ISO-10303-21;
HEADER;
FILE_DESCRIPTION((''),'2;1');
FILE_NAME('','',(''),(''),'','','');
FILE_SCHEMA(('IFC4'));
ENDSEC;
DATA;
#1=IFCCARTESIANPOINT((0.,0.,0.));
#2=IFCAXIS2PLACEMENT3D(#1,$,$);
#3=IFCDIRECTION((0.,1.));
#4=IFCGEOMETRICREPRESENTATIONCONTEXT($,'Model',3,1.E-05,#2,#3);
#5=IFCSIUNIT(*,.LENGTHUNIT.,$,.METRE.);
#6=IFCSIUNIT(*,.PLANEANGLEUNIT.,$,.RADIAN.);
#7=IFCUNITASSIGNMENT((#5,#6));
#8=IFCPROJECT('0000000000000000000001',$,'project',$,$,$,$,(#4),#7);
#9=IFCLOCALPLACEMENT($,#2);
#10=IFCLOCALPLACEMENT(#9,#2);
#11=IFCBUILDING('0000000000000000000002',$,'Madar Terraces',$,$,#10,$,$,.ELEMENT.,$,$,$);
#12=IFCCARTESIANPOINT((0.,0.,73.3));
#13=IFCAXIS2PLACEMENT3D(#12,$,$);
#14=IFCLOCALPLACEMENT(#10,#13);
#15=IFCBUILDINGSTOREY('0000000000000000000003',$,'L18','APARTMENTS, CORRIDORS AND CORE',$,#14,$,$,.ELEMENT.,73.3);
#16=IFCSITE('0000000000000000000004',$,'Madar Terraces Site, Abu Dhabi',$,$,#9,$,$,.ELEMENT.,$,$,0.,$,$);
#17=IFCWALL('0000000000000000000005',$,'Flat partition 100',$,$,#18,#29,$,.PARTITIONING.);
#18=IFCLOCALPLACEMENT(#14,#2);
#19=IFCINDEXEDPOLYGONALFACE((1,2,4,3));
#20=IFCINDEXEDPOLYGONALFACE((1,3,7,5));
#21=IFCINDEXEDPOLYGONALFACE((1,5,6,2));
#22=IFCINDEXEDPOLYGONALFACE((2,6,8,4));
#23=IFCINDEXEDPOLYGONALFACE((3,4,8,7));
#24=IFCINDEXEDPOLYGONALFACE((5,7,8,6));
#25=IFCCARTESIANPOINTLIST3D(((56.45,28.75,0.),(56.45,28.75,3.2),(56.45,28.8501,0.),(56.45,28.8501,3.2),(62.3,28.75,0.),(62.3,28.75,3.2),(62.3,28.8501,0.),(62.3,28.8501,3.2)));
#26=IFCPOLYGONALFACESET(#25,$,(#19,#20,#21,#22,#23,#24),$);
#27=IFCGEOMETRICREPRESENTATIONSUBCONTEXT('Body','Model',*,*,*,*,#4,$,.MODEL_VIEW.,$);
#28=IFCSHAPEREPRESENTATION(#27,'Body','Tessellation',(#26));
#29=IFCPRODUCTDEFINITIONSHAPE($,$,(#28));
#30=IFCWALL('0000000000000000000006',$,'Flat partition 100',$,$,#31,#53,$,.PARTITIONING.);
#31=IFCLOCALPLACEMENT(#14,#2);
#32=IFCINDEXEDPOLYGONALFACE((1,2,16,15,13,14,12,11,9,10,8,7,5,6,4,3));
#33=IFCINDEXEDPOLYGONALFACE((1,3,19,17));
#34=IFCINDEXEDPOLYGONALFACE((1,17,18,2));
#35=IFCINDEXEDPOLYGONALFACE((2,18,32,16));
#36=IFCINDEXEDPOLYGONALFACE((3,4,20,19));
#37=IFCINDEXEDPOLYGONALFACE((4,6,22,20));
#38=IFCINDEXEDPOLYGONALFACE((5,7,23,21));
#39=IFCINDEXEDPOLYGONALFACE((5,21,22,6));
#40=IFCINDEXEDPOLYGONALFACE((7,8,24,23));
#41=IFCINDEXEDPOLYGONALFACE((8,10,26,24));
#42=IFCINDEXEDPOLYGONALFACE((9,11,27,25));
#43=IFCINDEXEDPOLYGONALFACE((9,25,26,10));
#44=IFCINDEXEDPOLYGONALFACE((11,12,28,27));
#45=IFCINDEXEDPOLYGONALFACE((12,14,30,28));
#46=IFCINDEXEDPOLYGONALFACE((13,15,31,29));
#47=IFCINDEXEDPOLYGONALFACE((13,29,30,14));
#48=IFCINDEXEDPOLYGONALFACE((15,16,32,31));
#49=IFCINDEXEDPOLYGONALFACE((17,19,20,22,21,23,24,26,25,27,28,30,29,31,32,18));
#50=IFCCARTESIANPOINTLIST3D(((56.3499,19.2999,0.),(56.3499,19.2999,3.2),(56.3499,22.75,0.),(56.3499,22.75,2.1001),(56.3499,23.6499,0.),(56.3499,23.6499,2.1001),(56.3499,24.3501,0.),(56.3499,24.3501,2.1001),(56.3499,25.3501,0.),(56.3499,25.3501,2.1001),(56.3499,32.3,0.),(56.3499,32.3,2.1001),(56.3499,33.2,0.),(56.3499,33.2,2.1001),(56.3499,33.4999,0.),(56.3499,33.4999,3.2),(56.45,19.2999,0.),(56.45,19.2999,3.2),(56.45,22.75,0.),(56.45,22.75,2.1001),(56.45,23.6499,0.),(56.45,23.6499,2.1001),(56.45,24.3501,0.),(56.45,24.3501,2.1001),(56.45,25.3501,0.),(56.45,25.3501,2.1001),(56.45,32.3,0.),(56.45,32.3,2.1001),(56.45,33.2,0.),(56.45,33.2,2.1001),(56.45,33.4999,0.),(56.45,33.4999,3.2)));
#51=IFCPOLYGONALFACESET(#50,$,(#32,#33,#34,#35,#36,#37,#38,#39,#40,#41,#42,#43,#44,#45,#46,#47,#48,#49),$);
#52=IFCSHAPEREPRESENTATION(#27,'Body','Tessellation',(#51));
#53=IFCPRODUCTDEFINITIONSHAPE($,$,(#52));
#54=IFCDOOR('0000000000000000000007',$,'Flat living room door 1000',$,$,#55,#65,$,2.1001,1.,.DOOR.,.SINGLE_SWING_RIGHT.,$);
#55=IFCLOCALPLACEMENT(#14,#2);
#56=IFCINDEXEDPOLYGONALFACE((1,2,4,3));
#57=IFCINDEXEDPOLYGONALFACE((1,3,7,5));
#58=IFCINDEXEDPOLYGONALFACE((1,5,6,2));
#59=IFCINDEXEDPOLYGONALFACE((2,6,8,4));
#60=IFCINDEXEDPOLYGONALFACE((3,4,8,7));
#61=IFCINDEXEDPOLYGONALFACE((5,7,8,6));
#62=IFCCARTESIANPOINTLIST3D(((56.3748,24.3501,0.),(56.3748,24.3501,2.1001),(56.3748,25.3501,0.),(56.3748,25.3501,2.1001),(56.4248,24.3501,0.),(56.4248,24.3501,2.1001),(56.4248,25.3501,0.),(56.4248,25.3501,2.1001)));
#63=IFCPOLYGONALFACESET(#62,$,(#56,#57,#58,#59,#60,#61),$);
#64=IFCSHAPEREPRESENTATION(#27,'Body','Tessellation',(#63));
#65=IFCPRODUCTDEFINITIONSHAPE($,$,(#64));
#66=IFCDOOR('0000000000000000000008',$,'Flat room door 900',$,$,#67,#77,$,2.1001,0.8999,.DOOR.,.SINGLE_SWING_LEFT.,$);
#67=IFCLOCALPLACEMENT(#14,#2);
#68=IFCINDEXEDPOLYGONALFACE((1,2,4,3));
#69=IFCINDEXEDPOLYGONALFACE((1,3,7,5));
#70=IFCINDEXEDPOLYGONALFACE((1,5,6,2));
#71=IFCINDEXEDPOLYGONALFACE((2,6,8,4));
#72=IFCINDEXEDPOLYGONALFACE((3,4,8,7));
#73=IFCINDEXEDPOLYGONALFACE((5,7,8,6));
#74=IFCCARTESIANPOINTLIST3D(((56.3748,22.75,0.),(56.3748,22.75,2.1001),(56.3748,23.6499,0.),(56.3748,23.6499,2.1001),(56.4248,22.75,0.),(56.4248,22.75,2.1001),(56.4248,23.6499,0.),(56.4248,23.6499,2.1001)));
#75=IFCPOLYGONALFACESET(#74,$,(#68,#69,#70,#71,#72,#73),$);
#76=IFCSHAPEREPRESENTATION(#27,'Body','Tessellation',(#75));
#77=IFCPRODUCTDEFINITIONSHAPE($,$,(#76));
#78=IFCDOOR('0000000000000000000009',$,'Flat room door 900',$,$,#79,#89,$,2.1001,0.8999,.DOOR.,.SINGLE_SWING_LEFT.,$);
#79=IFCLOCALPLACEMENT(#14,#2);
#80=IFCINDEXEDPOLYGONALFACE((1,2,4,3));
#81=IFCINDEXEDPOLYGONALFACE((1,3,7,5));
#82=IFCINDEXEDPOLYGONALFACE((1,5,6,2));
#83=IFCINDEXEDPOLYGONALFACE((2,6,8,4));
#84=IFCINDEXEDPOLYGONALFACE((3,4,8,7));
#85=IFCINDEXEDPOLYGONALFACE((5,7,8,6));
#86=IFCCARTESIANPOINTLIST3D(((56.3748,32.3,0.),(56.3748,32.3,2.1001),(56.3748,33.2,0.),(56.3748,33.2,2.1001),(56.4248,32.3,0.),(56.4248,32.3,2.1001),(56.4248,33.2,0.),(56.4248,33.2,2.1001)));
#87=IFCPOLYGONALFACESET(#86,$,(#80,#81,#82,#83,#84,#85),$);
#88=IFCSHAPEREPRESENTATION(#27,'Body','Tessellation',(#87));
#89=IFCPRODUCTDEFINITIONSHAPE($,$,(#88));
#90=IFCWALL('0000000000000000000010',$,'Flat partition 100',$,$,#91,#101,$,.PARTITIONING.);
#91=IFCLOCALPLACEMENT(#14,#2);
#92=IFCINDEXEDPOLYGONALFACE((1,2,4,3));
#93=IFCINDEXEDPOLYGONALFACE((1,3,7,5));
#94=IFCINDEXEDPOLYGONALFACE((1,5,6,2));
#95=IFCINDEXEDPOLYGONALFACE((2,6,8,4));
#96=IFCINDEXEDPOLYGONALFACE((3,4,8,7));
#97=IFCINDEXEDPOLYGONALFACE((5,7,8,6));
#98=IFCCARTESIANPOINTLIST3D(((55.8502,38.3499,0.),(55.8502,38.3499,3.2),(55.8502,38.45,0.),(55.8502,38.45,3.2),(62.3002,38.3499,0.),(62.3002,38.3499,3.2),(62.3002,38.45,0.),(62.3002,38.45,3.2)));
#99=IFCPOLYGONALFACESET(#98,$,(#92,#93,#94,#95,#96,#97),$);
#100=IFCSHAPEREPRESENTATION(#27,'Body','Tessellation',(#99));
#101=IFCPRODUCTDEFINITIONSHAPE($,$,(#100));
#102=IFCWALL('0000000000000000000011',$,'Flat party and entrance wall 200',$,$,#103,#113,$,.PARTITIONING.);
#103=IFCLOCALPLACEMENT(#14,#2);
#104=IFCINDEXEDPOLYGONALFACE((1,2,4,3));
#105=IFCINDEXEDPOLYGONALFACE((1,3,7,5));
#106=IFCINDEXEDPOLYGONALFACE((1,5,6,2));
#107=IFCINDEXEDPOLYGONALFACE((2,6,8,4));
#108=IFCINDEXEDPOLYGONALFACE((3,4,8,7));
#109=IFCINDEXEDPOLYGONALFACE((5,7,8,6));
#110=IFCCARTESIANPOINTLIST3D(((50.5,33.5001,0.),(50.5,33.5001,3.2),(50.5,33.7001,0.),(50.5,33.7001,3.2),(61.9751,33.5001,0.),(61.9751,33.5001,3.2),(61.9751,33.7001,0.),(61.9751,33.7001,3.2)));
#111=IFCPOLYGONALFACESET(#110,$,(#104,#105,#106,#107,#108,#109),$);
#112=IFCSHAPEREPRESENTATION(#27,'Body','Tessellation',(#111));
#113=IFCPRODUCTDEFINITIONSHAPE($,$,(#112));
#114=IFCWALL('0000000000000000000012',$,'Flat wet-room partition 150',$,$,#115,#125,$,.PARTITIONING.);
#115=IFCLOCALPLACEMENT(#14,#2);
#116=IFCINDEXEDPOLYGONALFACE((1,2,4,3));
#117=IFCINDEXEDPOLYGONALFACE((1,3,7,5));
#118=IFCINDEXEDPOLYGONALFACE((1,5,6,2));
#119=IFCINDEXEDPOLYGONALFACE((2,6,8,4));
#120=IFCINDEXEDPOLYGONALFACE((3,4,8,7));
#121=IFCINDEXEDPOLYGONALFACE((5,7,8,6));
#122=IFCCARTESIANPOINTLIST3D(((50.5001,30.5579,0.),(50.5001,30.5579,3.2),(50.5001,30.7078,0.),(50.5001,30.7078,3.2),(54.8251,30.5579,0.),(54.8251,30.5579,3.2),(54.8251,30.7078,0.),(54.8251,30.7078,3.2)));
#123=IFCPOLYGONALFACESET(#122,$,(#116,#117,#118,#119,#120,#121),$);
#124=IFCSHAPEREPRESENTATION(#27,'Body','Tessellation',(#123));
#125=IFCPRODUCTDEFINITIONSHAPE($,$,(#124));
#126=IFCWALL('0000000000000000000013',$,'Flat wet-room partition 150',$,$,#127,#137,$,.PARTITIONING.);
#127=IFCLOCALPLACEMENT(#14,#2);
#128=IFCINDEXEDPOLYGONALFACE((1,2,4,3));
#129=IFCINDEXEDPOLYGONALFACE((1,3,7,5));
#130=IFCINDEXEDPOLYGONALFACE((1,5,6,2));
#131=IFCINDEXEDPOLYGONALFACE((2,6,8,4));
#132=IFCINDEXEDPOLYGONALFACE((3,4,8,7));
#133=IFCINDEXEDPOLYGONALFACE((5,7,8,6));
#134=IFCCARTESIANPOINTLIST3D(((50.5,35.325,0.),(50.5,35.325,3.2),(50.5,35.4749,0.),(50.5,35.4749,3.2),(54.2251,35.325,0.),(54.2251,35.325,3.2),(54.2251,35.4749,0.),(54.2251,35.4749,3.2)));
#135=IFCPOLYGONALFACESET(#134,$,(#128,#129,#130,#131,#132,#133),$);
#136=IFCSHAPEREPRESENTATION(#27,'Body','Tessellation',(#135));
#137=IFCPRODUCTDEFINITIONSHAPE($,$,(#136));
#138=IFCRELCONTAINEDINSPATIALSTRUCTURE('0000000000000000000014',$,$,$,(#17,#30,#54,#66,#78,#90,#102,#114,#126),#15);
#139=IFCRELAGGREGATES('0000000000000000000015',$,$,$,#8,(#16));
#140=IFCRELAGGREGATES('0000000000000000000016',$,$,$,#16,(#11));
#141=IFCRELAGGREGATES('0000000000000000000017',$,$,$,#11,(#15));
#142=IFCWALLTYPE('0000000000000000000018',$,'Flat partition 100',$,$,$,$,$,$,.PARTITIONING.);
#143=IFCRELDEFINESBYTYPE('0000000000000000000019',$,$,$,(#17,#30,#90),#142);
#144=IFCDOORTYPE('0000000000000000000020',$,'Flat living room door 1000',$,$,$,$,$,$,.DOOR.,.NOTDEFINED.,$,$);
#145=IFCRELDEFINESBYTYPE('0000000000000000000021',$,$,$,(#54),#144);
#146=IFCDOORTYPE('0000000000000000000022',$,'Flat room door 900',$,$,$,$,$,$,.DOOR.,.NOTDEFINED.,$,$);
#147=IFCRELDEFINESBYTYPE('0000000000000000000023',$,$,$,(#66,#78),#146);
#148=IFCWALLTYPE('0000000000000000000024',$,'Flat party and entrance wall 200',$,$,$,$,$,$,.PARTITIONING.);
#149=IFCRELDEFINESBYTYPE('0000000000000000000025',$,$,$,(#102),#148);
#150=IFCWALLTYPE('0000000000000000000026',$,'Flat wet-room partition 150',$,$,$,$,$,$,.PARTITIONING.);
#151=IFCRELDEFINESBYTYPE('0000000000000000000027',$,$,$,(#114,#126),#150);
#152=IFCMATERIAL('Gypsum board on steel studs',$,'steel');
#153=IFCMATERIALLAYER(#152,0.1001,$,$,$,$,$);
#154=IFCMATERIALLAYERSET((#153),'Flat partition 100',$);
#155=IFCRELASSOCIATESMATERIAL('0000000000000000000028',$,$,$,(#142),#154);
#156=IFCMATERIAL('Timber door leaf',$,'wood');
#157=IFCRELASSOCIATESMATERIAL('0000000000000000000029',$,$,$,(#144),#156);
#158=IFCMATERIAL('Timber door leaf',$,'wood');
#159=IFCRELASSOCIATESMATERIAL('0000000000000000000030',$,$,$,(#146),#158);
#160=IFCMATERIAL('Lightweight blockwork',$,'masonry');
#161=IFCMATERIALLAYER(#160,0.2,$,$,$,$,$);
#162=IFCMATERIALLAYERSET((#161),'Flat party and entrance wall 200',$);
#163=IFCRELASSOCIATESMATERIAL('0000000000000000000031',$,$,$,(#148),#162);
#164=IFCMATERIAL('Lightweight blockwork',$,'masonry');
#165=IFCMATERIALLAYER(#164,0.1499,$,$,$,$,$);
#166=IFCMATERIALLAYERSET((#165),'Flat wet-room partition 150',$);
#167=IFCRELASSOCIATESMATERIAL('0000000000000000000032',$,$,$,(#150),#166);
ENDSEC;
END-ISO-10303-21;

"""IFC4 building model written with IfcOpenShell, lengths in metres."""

from ifc_helpers import new_model, si_unit, direction, frame, frame_2d, origin, place, context, subcontext, project, spatial, rectangle, extrude, material, layer, layer_set, type_object, element, fill, save


model = new_model("IFC4")

# Units and contexts
model_context = context("Model", 3, precision=1e-05, world=origin(), true_north=direction((0.0, 1.0)))
body_context = subcontext(model_context, "Body", "Model", "MODEL_VIEW")
ifc_project = project(units=[si_unit("LENGTHUNIT", "METRE"), si_unit("PLANEANGLEUNIT", "RADIAN")], contexts=[model_context])

# Site, building, storey
site_placement = place(None, origin())
site = spatial("IfcSite", under=ifc_project, at=site_placement, Name="Madar Terraces Site, Abu Dhabi", CompositionType="ELEMENT", RefElevation=0.0)
building_placement = place(site_placement, origin())
building = spatial("IfcBuilding", under=site, at=building_placement, Name="Madar Terraces", CompositionType="ELEMENT")
storey_placement = place(building_placement, frame((0.0, 0.0, 73.3)))
storey = spatial("IfcBuildingStorey", under=building, at=storey_placement, Name="L18", Description="APARTMENTS, CORRIDORS AND CORE", CompositionType="ELEMENT", Elevation=73.3)

# Wall
ifc_material_1 = material(Name="Gypsum board on steel studs", Category="steel")
ifc_layer_1 = layer(ifc_material_1, 0.1001)
ifc_layer_set_1 = layer_set([ifc_layer_1], Name="Flat partition 100")
wall_type_1 = type_object("IfcWallType", Name="Flat partition 100", PredefinedType="PARTITIONING", material=ifc_layer_set_1)
wall_1_placement = place(storey_placement, frame((56.45, 28.8, 0.0), z_axis=(0.0, 0.0, 1.0), x_axis=(1.0, 0.0, 0.0)))
element("IfcWall", 1, at=wall_1_placement, inside=storey, type_object=wall_type_1, Name="Flat partition 100", PredefinedType="PARTITIONING", context=body_context, shape_type="SweptSolid", body=[
    extrude(rectangle(XDim=5.8501, YDim=0.1001, at=frame_2d((2.925, 0.0))), origin(), (0.0, 0.0, 1.0), 3.2),
])

# Wall, openings, doors
wall_2_placement = place(storey_placement, frame((56.3999, 33.5, 0.0), z_axis=(0.0, 0.0, 1.0), x_axis=(0.0, -1.0, 0.0)))
wall_2 = element("IfcWall", 2, at=wall_2_placement, inside=storey, type_object=wall_type_1, Name="Flat partition 100", PredefinedType="PARTITIONING", context=body_context, shape_type="SweptSolid", body=[
    extrude(rectangle(XDim=14.2, YDim=0.1001, at=frame_2d((7.1001, 0.0))), origin(), (0.0, 0.0, 1.0), 3.2),
])
opening_1_placement = place(wall_2_placement, frame((9.8501, 0.0, 0.0)))
opening_1 = element("IfcOpeningElement", 3, at=opening_1_placement, cuts=wall_2, PredefinedType="OPENING", context=body_context, shape_type="SweptSolid", body=[
    extrude(rectangle(XDim=0.8999, YDim=2.1001, at=frame_2d((0.45, 1.05))), frame((0.0, 0.0601, 0.0), z_axis=(0.0, -1.0, 0.0), x_axis=(1.0, 0.0, 0.0)), (0.0, 0.0, 1.0), 0.1201),
])
opening_2_placement = place(wall_2_placement, frame((8.1499, 0.0, 0.0)))
opening_2 = element("IfcOpeningElement", 4, at=opening_2_placement, cuts=wall_2, PredefinedType="OPENING", context=body_context, shape_type="SweptSolid", body=[
    extrude(rectangle(XDim=1.0, YDim=2.1001, at=frame_2d((0.5, 1.05))), frame((0.0, 0.0601, 0.0), z_axis=(0.0, -1.0, 0.0), x_axis=(1.0, 0.0, 0.0)), (0.0, 0.0, 1.0), 0.1201),
])
opening_3_placement = place(wall_2_placement, frame((0.3, 0.0, 0.0)))
opening_3 = element("IfcOpeningElement", 5, at=opening_3_placement, cuts=wall_2, PredefinedType="OPENING", context=body_context, shape_type="SweptSolid", body=[
    extrude(rectangle(XDim=0.8999, YDim=2.1001, at=frame_2d((0.45, 1.05))), frame((0.0, 0.0601, 0.0), z_axis=(0.0, -1.0, 0.0), x_axis=(1.0, 0.0, 0.0)), (0.0, 0.0, 1.0), 0.1201),
])
ifc_material_2 = material(Name="Timber door leaf", Category="wood")
door_type_1 = type_object("IfcDoorType", Name="Flat living room door 1000", OperationType="NOTDEFINED", PredefinedType="DOOR", material=ifc_material_2)
door_1_placement = place(opening_2_placement, origin())
door_1 = element("IfcDoor", 6, at=door_1_placement, inside=storey, type_object=door_type_1, Name="Flat living room door 1000", OperationType="SINGLE_SWING_RIGHT", OverallHeight=2.1001, OverallWidth=1.0, PredefinedType="DOOR", context=body_context, shape_type="SweptSolid", body=[
    extrude(rectangle(XDim=1.0, YDim=2.1001, at=frame_2d((0.5, 1.05))), frame((0.0, 0.0249, 0.0), z_axis=(0.0, -1.0, 0.0), x_axis=(1.0, 0.0, 0.0)), (0.0, 0.0, 1.0), 0.05),
])
fill(opening_2, door_1)
ifc_material_3 = material(Name="Timber door leaf", Category="wood")
door_type_2 = type_object("IfcDoorType", Name="Flat room door 900", OperationType="NOTDEFINED", PredefinedType="DOOR", material=ifc_material_3)
door_2_placement = place(opening_1_placement, origin())
door_2 = element("IfcDoor", 7, at=door_2_placement, inside=storey, type_object=door_type_2, Name="Flat room door 900", OperationType="SINGLE_SWING_LEFT", OverallHeight=2.1001, OverallWidth=0.8999, PredefinedType="DOOR", context=body_context, shape_type="SweptSolid", body=[
    extrude(rectangle(XDim=0.8999, YDim=2.1001, at=frame_2d((0.45, 1.05))), frame((0.0, 0.0249, 0.0), z_axis=(0.0, -1.0, 0.0), x_axis=(1.0, 0.0, 0.0)), (0.0, 0.0, 1.0), 0.05),
])
fill(opening_1, door_2)
door_3_placement = place(opening_3_placement, origin())
door_3 = element("IfcDoor", 8, at=door_3_placement, inside=storey, type_object=door_type_2, Name="Flat room door 900", OperationType="SINGLE_SWING_LEFT", OverallHeight=2.1001, OverallWidth=0.8999, PredefinedType="DOOR", context=body_context, shape_type="SweptSolid", body=[
    extrude(rectangle(XDim=0.8999, YDim=2.1001, at=frame_2d((0.45, 1.05))), frame((0.0, 0.0249, 0.0), z_axis=(0.0, -1.0, 0.0), x_axis=(1.0, 0.0, 0.0)), (0.0, 0.0, 1.0), 0.05),
])
fill(opening_3, door_3)

# Walls
wall_3_placement = place(storey_placement, frame((55.8501, 38.3999, 0.0), z_axis=(0.0, 0.0, 1.0), x_axis=(1.0, 0.0, 0.0)))
element("IfcWall", 9, at=wall_3_placement, inside=storey, type_object=wall_type_1, Name="Flat partition 100", PredefinedType="PARTITIONING", context=body_context, shape_type="SweptSolid", body=[
    extrude(rectangle(XDim=6.45, YDim=0.1001, at=frame_2d((3.2251, 0.0))), origin(), (0.0, 0.0, 1.0), 3.2),
])
ifc_material_4 = material(Name="Lightweight blockwork", Category="masonry")
ifc_layer_2 = layer(ifc_material_4, 0.2)
ifc_layer_set_2 = layer_set([ifc_layer_2], Name="Flat party and entrance wall 200")
wall_type_2 = type_object("IfcWallType", Name="Flat party and entrance wall 200", PredefinedType="PARTITIONING", material=ifc_layer_set_2)
wall_4_placement = place(storey_placement, frame((50.5, 33.6001, 0.0), z_axis=(0.0, 0.0, 1.0), x_axis=(1.0, 0.0, 0.0)))
element("IfcWall", 10, at=wall_4_placement, inside=storey, type_object=wall_type_2, Name="Flat party and entrance wall 200", PredefinedType="PARTITIONING", context=body_context, shape_type="SweptSolid", body=[
    extrude(rectangle(XDim=11.4751, YDim=0.2, at=frame_2d((5.7375, 0.0))), origin(), (0.0, 0.0, 1.0), 3.2),
])
ifc_material_5 = material(Name="Lightweight blockwork", Category="masonry")
ifc_layer_3 = layer(ifc_material_5, 0.1499)
ifc_layer_set_3 = layer_set([ifc_layer_3], Name="Flat wet-room partition 150")
wall_type_3 = type_object("IfcWallType", Name="Flat wet-room partition 150", PredefinedType="PARTITIONING", material=ifc_layer_set_3)
wall_5_placement = place(storey_placement, frame((50.5, 30.6328, 0.0), z_axis=(0.0, 0.0, 1.0), x_axis=(1.0, 0.0, 0.0)))
element("IfcWall", 11, at=wall_5_placement, inside=storey, type_object=wall_type_3, Name="Flat wet-room partition 150", PredefinedType="PARTITIONING", context=body_context, shape_type="SweptSolid", body=[
    extrude(rectangle(XDim=4.325, YDim=0.1499, at=frame_2d((2.1626, 0.0))), origin(), (0.0, 0.0, 1.0), 3.2),
])
wall_6_placement = place(storey_placement, frame((50.5, 35.3999, 0.0), z_axis=(0.0, 0.0, 1.0), x_axis=(1.0, 0.0, 0.0)))
element("IfcWall", 12, at=wall_6_placement, inside=storey, type_object=wall_type_3, Name="Flat wet-room partition 150", PredefinedType="PARTITIONING", context=body_context, shape_type="SweptSolid", body=[
    extrude(rectangle(XDim=3.7251, YDim=0.1499, at=frame_2d((1.8625, 0.0))), origin(), (0.0, 0.0, 1.0), 3.2),
])

save(model, "model.ifc")
